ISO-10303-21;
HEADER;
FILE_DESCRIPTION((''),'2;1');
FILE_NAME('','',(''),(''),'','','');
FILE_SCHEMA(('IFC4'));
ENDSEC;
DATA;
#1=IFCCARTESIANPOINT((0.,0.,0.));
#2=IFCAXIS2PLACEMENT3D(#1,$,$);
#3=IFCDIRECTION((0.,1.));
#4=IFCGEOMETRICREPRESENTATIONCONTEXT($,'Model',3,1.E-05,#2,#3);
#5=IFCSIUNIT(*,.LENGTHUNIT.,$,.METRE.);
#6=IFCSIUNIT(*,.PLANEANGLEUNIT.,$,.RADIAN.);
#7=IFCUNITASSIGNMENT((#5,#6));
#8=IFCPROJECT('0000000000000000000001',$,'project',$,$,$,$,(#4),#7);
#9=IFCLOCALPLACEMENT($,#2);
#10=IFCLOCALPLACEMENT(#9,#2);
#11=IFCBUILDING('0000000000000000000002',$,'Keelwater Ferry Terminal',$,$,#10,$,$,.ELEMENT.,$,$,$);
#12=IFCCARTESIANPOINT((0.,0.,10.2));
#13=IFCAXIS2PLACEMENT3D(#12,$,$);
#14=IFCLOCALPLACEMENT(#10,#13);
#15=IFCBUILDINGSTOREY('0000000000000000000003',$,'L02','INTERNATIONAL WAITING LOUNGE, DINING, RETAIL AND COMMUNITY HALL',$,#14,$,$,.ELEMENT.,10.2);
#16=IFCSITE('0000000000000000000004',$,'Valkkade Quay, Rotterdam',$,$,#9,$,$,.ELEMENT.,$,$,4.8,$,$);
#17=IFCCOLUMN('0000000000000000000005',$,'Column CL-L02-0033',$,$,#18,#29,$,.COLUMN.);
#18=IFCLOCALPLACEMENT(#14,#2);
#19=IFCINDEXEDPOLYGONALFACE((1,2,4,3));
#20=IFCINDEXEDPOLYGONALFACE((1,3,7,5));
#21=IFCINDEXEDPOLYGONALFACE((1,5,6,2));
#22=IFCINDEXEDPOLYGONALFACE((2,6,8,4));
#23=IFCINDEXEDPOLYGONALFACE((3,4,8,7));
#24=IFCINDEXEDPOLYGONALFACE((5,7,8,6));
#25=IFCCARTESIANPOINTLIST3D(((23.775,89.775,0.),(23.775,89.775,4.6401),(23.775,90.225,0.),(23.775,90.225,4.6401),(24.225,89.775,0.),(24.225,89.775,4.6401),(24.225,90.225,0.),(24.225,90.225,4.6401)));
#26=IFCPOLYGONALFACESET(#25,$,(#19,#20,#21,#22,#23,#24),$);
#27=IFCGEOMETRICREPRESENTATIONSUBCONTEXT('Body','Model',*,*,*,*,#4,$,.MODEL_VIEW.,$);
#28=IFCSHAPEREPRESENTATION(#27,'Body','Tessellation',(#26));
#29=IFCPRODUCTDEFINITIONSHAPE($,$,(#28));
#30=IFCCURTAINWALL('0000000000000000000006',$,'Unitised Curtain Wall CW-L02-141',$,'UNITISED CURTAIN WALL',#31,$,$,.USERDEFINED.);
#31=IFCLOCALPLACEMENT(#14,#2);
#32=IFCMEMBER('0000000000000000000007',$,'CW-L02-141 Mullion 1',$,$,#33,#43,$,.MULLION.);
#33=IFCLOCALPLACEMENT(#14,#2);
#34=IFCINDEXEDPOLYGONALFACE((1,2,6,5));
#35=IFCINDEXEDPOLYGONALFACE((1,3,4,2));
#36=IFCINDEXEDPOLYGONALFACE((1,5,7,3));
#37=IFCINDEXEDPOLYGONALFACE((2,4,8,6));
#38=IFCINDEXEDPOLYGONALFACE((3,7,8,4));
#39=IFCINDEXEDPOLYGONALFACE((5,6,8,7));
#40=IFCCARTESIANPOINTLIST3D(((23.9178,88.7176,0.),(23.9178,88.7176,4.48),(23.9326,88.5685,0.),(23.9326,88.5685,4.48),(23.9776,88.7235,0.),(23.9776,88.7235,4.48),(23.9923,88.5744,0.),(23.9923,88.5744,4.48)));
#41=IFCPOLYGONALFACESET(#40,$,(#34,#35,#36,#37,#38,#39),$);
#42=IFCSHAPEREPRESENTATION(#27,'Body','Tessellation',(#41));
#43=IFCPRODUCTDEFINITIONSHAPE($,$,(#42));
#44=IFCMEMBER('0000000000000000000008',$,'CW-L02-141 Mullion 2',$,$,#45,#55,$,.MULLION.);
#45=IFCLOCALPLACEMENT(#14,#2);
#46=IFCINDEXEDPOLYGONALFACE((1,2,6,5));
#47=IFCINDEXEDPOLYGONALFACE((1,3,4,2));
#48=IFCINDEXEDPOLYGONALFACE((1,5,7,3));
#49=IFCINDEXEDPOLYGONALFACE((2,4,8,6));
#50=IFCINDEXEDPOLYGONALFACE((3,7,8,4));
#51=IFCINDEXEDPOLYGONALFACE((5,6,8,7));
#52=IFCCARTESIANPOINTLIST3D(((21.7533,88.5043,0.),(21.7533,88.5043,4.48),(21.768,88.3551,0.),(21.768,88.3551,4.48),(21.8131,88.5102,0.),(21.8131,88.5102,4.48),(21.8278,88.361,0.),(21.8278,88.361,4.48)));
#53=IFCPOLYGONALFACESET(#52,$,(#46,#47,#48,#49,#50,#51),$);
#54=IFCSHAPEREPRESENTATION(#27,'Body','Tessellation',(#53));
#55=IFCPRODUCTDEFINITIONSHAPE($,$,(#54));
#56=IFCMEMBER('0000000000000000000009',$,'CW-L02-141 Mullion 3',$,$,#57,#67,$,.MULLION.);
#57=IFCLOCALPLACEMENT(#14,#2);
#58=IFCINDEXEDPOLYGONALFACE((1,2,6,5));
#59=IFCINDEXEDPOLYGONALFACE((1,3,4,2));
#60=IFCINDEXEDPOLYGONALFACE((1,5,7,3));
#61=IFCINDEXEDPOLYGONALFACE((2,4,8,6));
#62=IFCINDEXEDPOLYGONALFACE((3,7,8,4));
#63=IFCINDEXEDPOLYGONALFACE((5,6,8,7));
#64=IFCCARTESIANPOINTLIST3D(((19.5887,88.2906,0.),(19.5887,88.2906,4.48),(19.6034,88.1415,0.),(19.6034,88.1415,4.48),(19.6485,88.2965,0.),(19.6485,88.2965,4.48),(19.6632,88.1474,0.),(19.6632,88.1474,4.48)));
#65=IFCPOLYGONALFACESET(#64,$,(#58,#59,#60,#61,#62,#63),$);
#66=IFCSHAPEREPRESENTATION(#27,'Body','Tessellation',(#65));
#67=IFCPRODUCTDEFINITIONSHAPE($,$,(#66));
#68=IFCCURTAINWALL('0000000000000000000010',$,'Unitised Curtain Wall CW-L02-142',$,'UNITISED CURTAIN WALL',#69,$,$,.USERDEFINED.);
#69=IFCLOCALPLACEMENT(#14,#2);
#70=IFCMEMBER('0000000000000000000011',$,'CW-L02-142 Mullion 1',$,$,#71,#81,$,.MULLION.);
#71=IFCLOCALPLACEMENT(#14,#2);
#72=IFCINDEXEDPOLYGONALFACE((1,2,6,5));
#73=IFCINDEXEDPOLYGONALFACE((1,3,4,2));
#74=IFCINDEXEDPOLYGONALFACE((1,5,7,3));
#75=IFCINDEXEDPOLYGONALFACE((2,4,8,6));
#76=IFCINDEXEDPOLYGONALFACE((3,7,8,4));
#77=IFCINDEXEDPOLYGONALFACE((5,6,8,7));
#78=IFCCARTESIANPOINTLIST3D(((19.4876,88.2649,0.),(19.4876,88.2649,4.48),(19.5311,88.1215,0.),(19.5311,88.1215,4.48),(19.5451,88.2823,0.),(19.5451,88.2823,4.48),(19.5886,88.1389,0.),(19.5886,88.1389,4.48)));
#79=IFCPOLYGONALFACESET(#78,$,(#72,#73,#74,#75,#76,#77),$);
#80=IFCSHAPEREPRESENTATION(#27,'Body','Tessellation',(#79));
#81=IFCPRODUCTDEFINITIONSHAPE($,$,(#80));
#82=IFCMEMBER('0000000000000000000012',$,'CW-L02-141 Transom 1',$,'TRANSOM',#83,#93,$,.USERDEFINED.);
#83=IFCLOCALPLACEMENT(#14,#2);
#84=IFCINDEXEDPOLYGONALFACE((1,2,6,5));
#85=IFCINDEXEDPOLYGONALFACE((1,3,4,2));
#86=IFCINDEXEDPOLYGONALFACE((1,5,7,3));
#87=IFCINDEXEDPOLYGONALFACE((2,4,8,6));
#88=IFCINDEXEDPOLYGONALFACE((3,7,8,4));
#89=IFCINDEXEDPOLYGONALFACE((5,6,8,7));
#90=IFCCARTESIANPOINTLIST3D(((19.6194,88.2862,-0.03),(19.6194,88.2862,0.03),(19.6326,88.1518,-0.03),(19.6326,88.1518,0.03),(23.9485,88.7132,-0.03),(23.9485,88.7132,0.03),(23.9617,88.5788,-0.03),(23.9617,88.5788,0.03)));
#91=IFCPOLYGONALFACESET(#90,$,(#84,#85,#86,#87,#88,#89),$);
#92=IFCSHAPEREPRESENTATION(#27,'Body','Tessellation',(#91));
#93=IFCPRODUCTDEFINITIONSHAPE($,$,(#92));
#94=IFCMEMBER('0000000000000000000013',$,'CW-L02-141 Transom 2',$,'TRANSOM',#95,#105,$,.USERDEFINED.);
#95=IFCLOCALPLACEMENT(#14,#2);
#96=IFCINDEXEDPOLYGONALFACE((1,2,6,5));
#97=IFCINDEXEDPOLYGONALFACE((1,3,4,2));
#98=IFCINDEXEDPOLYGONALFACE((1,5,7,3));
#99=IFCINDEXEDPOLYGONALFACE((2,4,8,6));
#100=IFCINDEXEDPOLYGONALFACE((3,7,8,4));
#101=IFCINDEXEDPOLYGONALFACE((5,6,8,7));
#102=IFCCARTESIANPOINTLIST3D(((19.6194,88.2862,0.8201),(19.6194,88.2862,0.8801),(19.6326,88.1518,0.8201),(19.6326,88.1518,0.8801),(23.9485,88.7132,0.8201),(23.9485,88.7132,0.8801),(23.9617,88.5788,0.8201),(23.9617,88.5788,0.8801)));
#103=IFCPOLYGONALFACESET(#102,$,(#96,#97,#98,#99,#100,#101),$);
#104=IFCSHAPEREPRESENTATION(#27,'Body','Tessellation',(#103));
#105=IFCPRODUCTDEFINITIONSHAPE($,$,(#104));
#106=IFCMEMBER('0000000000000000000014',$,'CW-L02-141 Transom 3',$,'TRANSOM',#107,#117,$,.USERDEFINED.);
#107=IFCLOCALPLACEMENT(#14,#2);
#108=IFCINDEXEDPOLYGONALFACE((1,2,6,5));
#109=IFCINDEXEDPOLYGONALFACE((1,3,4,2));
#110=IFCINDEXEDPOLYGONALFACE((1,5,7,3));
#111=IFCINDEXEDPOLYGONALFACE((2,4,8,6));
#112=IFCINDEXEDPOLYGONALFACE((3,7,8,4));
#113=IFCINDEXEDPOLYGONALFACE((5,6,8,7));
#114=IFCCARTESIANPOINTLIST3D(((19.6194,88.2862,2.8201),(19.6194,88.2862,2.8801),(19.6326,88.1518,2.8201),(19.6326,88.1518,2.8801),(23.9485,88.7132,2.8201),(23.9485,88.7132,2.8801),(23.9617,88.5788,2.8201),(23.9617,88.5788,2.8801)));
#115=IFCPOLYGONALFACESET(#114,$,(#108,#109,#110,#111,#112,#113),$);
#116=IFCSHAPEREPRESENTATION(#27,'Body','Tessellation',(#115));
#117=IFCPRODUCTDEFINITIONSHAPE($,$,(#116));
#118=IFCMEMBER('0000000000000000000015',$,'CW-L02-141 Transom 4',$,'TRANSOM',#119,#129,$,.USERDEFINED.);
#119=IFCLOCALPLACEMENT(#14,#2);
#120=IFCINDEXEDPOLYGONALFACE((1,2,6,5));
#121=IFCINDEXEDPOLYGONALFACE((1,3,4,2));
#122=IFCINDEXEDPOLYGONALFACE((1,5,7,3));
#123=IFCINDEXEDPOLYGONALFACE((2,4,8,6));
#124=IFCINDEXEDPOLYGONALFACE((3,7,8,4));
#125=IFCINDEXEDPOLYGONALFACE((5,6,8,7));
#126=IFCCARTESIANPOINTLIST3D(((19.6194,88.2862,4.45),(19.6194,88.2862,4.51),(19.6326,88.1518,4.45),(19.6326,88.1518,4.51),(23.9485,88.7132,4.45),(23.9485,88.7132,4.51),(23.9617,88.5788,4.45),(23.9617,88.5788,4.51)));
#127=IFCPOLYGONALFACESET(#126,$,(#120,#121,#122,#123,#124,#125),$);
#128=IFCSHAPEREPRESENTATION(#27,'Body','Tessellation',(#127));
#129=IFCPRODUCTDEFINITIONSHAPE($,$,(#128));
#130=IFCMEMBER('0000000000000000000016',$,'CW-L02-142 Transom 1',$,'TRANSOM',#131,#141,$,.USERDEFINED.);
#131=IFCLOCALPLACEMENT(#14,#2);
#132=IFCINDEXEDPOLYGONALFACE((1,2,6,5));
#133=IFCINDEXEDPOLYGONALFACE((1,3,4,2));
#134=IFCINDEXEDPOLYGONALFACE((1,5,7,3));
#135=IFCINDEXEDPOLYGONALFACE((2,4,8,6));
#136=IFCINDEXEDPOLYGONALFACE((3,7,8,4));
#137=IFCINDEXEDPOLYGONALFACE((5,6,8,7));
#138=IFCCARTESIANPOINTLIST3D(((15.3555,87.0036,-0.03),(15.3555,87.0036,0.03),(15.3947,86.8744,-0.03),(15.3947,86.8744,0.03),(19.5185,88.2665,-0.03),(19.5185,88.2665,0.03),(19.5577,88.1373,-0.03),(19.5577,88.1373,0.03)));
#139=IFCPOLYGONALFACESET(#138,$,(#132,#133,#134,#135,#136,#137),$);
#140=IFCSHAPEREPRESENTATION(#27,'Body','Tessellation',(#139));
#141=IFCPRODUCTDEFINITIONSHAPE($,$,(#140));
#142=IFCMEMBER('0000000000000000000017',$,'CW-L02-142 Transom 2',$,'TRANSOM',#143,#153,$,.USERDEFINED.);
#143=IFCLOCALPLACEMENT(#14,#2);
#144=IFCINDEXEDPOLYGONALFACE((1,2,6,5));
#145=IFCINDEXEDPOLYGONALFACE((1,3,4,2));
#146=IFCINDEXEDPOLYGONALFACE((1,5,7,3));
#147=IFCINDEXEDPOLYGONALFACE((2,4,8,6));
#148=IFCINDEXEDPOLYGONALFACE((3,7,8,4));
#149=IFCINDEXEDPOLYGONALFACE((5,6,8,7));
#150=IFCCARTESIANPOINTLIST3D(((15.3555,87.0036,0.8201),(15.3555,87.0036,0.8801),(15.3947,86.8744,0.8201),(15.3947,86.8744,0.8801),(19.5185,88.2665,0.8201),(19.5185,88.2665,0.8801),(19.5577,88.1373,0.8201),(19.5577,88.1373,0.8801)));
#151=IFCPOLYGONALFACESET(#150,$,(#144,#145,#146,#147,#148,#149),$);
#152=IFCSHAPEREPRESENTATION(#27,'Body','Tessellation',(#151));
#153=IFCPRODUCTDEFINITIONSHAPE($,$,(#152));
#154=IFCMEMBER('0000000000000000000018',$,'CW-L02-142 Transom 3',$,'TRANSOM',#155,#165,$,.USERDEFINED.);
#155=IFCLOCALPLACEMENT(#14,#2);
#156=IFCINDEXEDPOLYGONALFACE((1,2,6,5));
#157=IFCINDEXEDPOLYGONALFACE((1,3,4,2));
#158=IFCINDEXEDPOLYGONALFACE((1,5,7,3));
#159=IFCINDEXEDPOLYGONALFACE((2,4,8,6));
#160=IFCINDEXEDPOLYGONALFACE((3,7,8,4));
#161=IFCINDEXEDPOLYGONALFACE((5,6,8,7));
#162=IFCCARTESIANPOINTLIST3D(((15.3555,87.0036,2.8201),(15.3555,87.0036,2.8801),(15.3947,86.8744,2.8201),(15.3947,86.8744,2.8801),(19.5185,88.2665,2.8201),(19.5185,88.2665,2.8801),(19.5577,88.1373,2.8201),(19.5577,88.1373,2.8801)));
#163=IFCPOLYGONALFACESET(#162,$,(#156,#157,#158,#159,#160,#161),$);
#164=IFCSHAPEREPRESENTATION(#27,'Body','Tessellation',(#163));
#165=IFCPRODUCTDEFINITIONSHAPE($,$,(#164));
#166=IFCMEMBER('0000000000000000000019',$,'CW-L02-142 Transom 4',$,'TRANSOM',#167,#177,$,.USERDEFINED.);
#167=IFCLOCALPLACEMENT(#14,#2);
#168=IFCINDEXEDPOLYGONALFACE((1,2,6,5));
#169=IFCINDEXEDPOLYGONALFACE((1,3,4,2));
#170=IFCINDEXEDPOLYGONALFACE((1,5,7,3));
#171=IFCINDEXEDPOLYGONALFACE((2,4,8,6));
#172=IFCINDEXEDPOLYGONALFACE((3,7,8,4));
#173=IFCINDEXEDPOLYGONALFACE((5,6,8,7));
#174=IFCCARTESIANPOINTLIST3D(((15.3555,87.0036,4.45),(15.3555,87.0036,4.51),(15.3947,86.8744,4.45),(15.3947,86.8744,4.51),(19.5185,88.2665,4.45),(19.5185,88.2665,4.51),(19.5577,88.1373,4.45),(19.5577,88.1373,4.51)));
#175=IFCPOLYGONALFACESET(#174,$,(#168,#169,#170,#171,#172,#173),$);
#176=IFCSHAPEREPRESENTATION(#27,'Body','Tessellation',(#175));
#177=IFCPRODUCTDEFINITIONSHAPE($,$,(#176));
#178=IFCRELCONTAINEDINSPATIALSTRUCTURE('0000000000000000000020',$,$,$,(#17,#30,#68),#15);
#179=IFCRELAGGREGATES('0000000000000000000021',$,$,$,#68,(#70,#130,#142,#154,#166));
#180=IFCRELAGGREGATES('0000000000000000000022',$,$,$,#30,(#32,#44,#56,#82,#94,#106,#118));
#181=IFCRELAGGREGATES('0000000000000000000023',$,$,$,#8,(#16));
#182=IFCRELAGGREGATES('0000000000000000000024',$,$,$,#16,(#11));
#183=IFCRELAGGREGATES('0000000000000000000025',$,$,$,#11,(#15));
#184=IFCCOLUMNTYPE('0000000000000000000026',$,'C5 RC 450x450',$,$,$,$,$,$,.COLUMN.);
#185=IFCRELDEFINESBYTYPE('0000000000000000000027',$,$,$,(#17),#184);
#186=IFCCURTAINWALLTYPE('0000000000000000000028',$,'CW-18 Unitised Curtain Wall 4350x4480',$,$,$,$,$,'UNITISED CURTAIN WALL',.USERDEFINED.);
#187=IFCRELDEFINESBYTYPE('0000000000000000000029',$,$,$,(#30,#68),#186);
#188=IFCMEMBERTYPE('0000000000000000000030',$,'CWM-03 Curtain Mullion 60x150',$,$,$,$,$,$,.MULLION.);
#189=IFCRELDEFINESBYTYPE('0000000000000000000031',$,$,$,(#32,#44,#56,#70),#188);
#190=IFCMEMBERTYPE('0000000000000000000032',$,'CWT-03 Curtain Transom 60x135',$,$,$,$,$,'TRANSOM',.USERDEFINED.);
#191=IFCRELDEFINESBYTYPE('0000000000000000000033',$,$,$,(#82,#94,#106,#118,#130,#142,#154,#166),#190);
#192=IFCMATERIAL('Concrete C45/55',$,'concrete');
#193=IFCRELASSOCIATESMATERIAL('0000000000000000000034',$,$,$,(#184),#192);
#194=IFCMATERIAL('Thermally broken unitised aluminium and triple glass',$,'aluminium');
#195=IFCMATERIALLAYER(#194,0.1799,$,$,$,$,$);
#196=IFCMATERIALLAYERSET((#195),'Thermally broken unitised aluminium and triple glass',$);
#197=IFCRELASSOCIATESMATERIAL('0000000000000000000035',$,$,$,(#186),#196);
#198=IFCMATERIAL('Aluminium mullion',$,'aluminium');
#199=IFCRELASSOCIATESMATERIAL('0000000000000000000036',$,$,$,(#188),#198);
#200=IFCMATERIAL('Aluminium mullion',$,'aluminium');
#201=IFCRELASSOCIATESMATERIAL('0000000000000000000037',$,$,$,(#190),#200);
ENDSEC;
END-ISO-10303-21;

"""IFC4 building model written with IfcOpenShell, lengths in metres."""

from ifc_helpers import new_model, si_unit, direction, frame, origin, origin_2d, place, context, subcontext, project, spatial, rectangle, extrude, material, layer, layer_set, material_profile, profile_set, type_object, element, aggregate, save


model = new_model("IFC4")

# Units and contexts
model_context = context("Model", 3, precision=1e-05, world=origin(), true_north=direction((0.0, 1.0)))
body_context = subcontext(model_context, "Body", "Model", "MODEL_VIEW")
ifc_project = project(units=[si_unit("LENGTHUNIT", "METRE"), si_unit("PLANEANGLEUNIT", "RADIAN")], contexts=[model_context])

# Site, building, storey
site_placement = place(None, origin())
site = spatial("IfcSite", under=ifc_project, at=site_placement, Name="Valkkade Quay, Rotterdam", CompositionType="ELEMENT", RefElevation=4.8)
building_placement = place(site_placement, origin())
building = spatial("IfcBuilding", under=site, at=building_placement, Name="Keelwater Ferry Terminal", CompositionType="ELEMENT")
storey_placement = place(building_placement, frame((0.0, 0.0, 10.2)))
storey = spatial("IfcBuildingStorey", under=building, at=storey_placement, Name="L02", Description="INTERNATIONAL WAITING LOUNGE, DINING, RETAIL AND COMMUNITY HALL", CompositionType="ELEMENT", Elevation=10.2)

# Column
ifc_material_1 = material(Name="Concrete C45/55", Category="concrete")
ifc_material_profile_1 = material_profile(ifc_material_1, rectangle(XDim=0.45, YDim=0.45, at=origin_2d()), Name="RC 450x450")
ifc_profile_set_1 = profile_set([ifc_material_profile_1], Name="Concrete C45/55")
column_type = type_object("IfcColumnType", Name="C5 RC 450x450", PredefinedType="COLUMN", material=ifc_profile_set_1)
column_placement = place(storey_placement, frame((24.0, 90.0, 0.0), z_axis=(0.0, 0.0, 1.0), x_axis=(1.0, 0.0, 0.0)))
element("IfcColumn", 1, at=column_placement, inside=storey, type_object=column_type, Name="Column CL-L02-0033", PredefinedType="COLUMN", context=body_context, shape_type="SweptSolid", body=[
    extrude(rectangle(XDim=0.45, YDim=0.45, at=origin_2d()), origin(), (0.0, 0.0, 1.0), 4.6401),
])

# Curtain wall, members
ifc_material_2 = material(Name="Thermally broken unitised aluminium and triple glass", Category="aluminium")
ifc_layer_1 = layer(ifc_material_2, 0.1799)
ifc_layer_set_1 = layer_set([ifc_layer_1], Name="Thermally broken unitised aluminium and triple glass")
curtain_wall_type = type_object("IfcCurtainWallType", Name="CW-18 Unitised Curtain Wall 4350x4480", ElementType="UNITISED CURTAIN WALL", PredefinedType="USERDEFINED", material=ifc_layer_set_1)
curtain_wall_1_placement = place(storey_placement, origin())
curtain_wall_1 = element("IfcCurtainWall", 2, at=curtain_wall_1_placement, inside=storey, type_object=curtain_wall_type, Name="Unitised Curtain Wall CW-L02-141", ObjectType="UNITISED CURTAIN WALL", PredefinedType="USERDEFINED")
ifc_material_3 = material(Name="Aluminium mullion", Category="aluminium")
ifc_material_profile_2 = material_profile(ifc_material_3, rectangle(XDim=0.0601, YDim=0.1499, at=origin_2d()), Name="CWM-03")
ifc_profile_set_2 = profile_set([ifc_material_profile_2], Name="Aluminium mullion")
member_type_1 = type_object("IfcMemberType", Name="CWM-03 Curtain Mullion 60x150", PredefinedType="MULLION", material=ifc_profile_set_2)
member_1_placement = place(storey_placement, frame((23.9551, 88.646, 0.0), z_axis=(0.0, 0.0, 1.0), x_axis=(-0.995171, -0.098161, 0.0)))
member_1 = element("IfcMember", 3, at=member_1_placement, type_object=member_type_1, Name="CW-L02-141 Mullion 1", PredefinedType="MULLION", context=body_context, shape_type="SweptSolid", body=[
    extrude(rectangle(XDim=0.0601, YDim=0.1499, at=origin_2d()), origin(), (0.0, 0.0, 1.0), 4.48),
])
member_2_placement = place(storey_placement, frame((21.7905, 88.4326, 0.0), z_axis=(0.0, 0.0, 1.0), x_axis=(-0.995171, -0.098161, 0.0)))
member_2 = element("IfcMember", 4, at=member_2_placement, type_object=member_type_1, Name="CW-L02-141 Mullion 2", PredefinedType="MULLION", context=body_context, shape_type="SweptSolid", body=[
    extrude(rectangle(XDim=0.0601, YDim=0.1499, at=origin_2d()), origin(), (0.0, 0.0, 1.0), 4.48),
])
member_3_placement = place(storey_placement, frame((19.626, 88.219, 0.0), z_axis=(0.0, 0.0, 1.0), x_axis=(-0.995171, -0.098161, 0.0)))
member_3 = element("IfcMember", 5, at=member_3_placement, type_object=member_type_1, Name="CW-L02-141 Mullion 3", PredefinedType="MULLION", context=body_context, shape_type="SweptSolid", body=[
    extrude(rectangle(XDim=0.0601, YDim=0.1499, at=origin_2d()), origin(), (0.0, 0.0, 1.0), 4.48),
])

# Curtain wall, member
curtain_wall_2_placement = place(storey_placement, origin())
curtain_wall_2 = element("IfcCurtainWall", 6, at=curtain_wall_2_placement, inside=storey, type_object=curtain_wall_type, Name="Unitised Curtain Wall CW-L02-142", ObjectType="UNITISED CURTAIN WALL", PredefinedType="USERDEFINED")
member_4_placement = place(storey_placement, frame((19.5381, 88.2019, 0.0), z_axis=(0.0, 0.0, 1.0), x_axis=(-0.95693, -0.29032, 0.0)))
member_4 = element("IfcMember", 7, at=member_4_placement, type_object=member_type_1, Name="CW-L02-142 Mullion 1", PredefinedType="MULLION", context=body_context, shape_type="SweptSolid", body=[
    extrude(rectangle(XDim=0.0601, YDim=0.1499, at=origin_2d()), origin(), (0.0, 0.0, 1.0), 4.48),
])

# Members
ifc_material_4 = material(Name="Aluminium mullion", Category="aluminium")
ifc_material_profile_3 = material_profile(ifc_material_4, rectangle(XDim=0.135, YDim=0.0601, at=origin_2d()), Name="CWT-03")
ifc_profile_set_3 = profile_set([ifc_material_profile_3], Name="Aluminium mullion")
member_type_2 = type_object("IfcMemberType", Name="CWT-03 Curtain Transom 60x135", ElementType="TRANSOM", PredefinedType="USERDEFINED", material=ifc_profile_set_3)
member_5_placement = place(storey_placement, frame((23.9551, 88.646, 0.0), z_axis=(-0.995171, -0.098159, 0.0), x_axis=(0.098159, -0.995171, 0.0)))
member_5 = element("IfcMember", 8, at=member_5_placement, type_object=member_type_2, Name="CW-L02-141 Transom 1", ObjectType="TRANSOM", PredefinedType="USERDEFINED", context=body_context, shape_type="SweptSolid", body=[
    extrude(rectangle(XDim=0.135, YDim=0.0601, at=origin_2d()), origin(), (0.0, 0.0, 1.0), 4.3501),
])
member_6_placement = place(storey_placement, frame((23.9551, 88.646, 0.8501), z_axis=(-0.995171, -0.098159, 0.0), x_axis=(0.098159, -0.995171, 0.0)))
member_6 = element("IfcMember", 9, at=member_6_placement, type_object=member_type_2, Name="CW-L02-141 Transom 2", ObjectType="TRANSOM", PredefinedType="USERDEFINED", context=body_context, shape_type="SweptSolid", body=[
    extrude(rectangle(XDim=0.135, YDim=0.0601, at=origin_2d()), origin(), (0.0, 0.0, 1.0), 4.3501),
])
member_7_placement = place(storey_placement, frame((23.9551, 88.646, 2.8501), z_axis=(-0.995171, -0.098159, 0.0), x_axis=(0.098159, -0.995171, 0.0)))
member_7 = element("IfcMember", 10, at=member_7_placement, type_object=member_type_2, Name="CW-L02-141 Transom 3", ObjectType="TRANSOM", PredefinedType="USERDEFINED", context=body_context, shape_type="SweptSolid", body=[
    extrude(rectangle(XDim=0.135, YDim=0.0601, at=origin_2d()), origin(), (0.0, 0.0, 1.0), 4.3501),
])
member_8_placement = place(storey_placement, frame((23.9551, 88.646, 4.48), z_axis=(-0.995171, -0.098159, 0.0), x_axis=(0.098159, -0.995171, 0.0)))
member_8 = element("IfcMember", 11, at=member_8_placement, type_object=member_type_2, Name="CW-L02-141 Transom 4", ObjectType="TRANSOM", PredefinedType="USERDEFINED", context=body_context, shape_type="SweptSolid", body=[
    extrude(rectangle(XDim=0.135, YDim=0.0601, at=origin_2d()), origin(), (0.0, 0.0, 1.0), 4.3501),
])
member_9_placement = place(storey_placement, frame((19.5381, 88.2019, 0.0), z_axis=(-0.956935, -0.290302, 0.0), x_axis=(0.290302, -0.956935, 0.0)))
member_9 = element("IfcMember", 12, at=member_9_placement, type_object=member_type_2, Name="CW-L02-142 Transom 1", ObjectType="TRANSOM", PredefinedType="USERDEFINED", context=body_context, shape_type="SweptSolid", body=[
    extrude(rectangle(XDim=0.135, YDim=0.0601, at=origin_2d()), origin(), (0.0, 0.0, 1.0), 4.3503),
])
member_10_placement = place(storey_placement, frame((19.5381, 88.2019, 0.8501), z_axis=(-0.956935, -0.290302, 0.0), x_axis=(0.290302, -0.956935, 0.0)))
member_10 = element("IfcMember", 13, at=member_10_placement, type_object=member_type_2, Name="CW-L02-142 Transom 2", ObjectType="TRANSOM", PredefinedType="USERDEFINED", context=body_context, shape_type="SweptSolid", body=[
    extrude(rectangle(XDim=0.135, YDim=0.0601, at=origin_2d()), origin(), (0.0, 0.0, 1.0), 4.3503),
])
member_11_placement = place(storey_placement, frame((19.5381, 88.2019, 2.8501), z_axis=(-0.956935, -0.290302, 0.0), x_axis=(0.290302, -0.956935, 0.0)))
member_11 = element("IfcMember", 14, at=member_11_placement, type_object=member_type_2, Name="CW-L02-142 Transom 3", ObjectType="TRANSOM", PredefinedType="USERDEFINED", context=body_context, shape_type="SweptSolid", body=[
    extrude(rectangle(XDim=0.135, YDim=0.0601, at=origin_2d()), origin(), (0.0, 0.0, 1.0), 4.3503),
])
member_12_placement = place(storey_placement, frame((19.5381, 88.2019, 4.48), z_axis=(-0.956935, -0.290302, 0.0), x_axis=(0.290302, -0.956935, 0.0)))
member_12 = element("IfcMember", 15, at=member_12_placement, type_object=member_type_2, Name="CW-L02-142 Transom 4", ObjectType="TRANSOM", PredefinedType="USERDEFINED", context=body_context, shape_type="SweptSolid", body=[
    extrude(rectangle(XDim=0.135, YDim=0.0601, at=origin_2d()), origin(), (0.0, 0.0, 1.0), 4.3503),
])
aggregate(curtain_wall_2, [member_4, member_9, member_10, member_11, member_12])

aggregate(curtain_wall_1, [member_1, member_2, member_3, member_5, member_6, member_7, member_8])

save(model, "model.ifc")
